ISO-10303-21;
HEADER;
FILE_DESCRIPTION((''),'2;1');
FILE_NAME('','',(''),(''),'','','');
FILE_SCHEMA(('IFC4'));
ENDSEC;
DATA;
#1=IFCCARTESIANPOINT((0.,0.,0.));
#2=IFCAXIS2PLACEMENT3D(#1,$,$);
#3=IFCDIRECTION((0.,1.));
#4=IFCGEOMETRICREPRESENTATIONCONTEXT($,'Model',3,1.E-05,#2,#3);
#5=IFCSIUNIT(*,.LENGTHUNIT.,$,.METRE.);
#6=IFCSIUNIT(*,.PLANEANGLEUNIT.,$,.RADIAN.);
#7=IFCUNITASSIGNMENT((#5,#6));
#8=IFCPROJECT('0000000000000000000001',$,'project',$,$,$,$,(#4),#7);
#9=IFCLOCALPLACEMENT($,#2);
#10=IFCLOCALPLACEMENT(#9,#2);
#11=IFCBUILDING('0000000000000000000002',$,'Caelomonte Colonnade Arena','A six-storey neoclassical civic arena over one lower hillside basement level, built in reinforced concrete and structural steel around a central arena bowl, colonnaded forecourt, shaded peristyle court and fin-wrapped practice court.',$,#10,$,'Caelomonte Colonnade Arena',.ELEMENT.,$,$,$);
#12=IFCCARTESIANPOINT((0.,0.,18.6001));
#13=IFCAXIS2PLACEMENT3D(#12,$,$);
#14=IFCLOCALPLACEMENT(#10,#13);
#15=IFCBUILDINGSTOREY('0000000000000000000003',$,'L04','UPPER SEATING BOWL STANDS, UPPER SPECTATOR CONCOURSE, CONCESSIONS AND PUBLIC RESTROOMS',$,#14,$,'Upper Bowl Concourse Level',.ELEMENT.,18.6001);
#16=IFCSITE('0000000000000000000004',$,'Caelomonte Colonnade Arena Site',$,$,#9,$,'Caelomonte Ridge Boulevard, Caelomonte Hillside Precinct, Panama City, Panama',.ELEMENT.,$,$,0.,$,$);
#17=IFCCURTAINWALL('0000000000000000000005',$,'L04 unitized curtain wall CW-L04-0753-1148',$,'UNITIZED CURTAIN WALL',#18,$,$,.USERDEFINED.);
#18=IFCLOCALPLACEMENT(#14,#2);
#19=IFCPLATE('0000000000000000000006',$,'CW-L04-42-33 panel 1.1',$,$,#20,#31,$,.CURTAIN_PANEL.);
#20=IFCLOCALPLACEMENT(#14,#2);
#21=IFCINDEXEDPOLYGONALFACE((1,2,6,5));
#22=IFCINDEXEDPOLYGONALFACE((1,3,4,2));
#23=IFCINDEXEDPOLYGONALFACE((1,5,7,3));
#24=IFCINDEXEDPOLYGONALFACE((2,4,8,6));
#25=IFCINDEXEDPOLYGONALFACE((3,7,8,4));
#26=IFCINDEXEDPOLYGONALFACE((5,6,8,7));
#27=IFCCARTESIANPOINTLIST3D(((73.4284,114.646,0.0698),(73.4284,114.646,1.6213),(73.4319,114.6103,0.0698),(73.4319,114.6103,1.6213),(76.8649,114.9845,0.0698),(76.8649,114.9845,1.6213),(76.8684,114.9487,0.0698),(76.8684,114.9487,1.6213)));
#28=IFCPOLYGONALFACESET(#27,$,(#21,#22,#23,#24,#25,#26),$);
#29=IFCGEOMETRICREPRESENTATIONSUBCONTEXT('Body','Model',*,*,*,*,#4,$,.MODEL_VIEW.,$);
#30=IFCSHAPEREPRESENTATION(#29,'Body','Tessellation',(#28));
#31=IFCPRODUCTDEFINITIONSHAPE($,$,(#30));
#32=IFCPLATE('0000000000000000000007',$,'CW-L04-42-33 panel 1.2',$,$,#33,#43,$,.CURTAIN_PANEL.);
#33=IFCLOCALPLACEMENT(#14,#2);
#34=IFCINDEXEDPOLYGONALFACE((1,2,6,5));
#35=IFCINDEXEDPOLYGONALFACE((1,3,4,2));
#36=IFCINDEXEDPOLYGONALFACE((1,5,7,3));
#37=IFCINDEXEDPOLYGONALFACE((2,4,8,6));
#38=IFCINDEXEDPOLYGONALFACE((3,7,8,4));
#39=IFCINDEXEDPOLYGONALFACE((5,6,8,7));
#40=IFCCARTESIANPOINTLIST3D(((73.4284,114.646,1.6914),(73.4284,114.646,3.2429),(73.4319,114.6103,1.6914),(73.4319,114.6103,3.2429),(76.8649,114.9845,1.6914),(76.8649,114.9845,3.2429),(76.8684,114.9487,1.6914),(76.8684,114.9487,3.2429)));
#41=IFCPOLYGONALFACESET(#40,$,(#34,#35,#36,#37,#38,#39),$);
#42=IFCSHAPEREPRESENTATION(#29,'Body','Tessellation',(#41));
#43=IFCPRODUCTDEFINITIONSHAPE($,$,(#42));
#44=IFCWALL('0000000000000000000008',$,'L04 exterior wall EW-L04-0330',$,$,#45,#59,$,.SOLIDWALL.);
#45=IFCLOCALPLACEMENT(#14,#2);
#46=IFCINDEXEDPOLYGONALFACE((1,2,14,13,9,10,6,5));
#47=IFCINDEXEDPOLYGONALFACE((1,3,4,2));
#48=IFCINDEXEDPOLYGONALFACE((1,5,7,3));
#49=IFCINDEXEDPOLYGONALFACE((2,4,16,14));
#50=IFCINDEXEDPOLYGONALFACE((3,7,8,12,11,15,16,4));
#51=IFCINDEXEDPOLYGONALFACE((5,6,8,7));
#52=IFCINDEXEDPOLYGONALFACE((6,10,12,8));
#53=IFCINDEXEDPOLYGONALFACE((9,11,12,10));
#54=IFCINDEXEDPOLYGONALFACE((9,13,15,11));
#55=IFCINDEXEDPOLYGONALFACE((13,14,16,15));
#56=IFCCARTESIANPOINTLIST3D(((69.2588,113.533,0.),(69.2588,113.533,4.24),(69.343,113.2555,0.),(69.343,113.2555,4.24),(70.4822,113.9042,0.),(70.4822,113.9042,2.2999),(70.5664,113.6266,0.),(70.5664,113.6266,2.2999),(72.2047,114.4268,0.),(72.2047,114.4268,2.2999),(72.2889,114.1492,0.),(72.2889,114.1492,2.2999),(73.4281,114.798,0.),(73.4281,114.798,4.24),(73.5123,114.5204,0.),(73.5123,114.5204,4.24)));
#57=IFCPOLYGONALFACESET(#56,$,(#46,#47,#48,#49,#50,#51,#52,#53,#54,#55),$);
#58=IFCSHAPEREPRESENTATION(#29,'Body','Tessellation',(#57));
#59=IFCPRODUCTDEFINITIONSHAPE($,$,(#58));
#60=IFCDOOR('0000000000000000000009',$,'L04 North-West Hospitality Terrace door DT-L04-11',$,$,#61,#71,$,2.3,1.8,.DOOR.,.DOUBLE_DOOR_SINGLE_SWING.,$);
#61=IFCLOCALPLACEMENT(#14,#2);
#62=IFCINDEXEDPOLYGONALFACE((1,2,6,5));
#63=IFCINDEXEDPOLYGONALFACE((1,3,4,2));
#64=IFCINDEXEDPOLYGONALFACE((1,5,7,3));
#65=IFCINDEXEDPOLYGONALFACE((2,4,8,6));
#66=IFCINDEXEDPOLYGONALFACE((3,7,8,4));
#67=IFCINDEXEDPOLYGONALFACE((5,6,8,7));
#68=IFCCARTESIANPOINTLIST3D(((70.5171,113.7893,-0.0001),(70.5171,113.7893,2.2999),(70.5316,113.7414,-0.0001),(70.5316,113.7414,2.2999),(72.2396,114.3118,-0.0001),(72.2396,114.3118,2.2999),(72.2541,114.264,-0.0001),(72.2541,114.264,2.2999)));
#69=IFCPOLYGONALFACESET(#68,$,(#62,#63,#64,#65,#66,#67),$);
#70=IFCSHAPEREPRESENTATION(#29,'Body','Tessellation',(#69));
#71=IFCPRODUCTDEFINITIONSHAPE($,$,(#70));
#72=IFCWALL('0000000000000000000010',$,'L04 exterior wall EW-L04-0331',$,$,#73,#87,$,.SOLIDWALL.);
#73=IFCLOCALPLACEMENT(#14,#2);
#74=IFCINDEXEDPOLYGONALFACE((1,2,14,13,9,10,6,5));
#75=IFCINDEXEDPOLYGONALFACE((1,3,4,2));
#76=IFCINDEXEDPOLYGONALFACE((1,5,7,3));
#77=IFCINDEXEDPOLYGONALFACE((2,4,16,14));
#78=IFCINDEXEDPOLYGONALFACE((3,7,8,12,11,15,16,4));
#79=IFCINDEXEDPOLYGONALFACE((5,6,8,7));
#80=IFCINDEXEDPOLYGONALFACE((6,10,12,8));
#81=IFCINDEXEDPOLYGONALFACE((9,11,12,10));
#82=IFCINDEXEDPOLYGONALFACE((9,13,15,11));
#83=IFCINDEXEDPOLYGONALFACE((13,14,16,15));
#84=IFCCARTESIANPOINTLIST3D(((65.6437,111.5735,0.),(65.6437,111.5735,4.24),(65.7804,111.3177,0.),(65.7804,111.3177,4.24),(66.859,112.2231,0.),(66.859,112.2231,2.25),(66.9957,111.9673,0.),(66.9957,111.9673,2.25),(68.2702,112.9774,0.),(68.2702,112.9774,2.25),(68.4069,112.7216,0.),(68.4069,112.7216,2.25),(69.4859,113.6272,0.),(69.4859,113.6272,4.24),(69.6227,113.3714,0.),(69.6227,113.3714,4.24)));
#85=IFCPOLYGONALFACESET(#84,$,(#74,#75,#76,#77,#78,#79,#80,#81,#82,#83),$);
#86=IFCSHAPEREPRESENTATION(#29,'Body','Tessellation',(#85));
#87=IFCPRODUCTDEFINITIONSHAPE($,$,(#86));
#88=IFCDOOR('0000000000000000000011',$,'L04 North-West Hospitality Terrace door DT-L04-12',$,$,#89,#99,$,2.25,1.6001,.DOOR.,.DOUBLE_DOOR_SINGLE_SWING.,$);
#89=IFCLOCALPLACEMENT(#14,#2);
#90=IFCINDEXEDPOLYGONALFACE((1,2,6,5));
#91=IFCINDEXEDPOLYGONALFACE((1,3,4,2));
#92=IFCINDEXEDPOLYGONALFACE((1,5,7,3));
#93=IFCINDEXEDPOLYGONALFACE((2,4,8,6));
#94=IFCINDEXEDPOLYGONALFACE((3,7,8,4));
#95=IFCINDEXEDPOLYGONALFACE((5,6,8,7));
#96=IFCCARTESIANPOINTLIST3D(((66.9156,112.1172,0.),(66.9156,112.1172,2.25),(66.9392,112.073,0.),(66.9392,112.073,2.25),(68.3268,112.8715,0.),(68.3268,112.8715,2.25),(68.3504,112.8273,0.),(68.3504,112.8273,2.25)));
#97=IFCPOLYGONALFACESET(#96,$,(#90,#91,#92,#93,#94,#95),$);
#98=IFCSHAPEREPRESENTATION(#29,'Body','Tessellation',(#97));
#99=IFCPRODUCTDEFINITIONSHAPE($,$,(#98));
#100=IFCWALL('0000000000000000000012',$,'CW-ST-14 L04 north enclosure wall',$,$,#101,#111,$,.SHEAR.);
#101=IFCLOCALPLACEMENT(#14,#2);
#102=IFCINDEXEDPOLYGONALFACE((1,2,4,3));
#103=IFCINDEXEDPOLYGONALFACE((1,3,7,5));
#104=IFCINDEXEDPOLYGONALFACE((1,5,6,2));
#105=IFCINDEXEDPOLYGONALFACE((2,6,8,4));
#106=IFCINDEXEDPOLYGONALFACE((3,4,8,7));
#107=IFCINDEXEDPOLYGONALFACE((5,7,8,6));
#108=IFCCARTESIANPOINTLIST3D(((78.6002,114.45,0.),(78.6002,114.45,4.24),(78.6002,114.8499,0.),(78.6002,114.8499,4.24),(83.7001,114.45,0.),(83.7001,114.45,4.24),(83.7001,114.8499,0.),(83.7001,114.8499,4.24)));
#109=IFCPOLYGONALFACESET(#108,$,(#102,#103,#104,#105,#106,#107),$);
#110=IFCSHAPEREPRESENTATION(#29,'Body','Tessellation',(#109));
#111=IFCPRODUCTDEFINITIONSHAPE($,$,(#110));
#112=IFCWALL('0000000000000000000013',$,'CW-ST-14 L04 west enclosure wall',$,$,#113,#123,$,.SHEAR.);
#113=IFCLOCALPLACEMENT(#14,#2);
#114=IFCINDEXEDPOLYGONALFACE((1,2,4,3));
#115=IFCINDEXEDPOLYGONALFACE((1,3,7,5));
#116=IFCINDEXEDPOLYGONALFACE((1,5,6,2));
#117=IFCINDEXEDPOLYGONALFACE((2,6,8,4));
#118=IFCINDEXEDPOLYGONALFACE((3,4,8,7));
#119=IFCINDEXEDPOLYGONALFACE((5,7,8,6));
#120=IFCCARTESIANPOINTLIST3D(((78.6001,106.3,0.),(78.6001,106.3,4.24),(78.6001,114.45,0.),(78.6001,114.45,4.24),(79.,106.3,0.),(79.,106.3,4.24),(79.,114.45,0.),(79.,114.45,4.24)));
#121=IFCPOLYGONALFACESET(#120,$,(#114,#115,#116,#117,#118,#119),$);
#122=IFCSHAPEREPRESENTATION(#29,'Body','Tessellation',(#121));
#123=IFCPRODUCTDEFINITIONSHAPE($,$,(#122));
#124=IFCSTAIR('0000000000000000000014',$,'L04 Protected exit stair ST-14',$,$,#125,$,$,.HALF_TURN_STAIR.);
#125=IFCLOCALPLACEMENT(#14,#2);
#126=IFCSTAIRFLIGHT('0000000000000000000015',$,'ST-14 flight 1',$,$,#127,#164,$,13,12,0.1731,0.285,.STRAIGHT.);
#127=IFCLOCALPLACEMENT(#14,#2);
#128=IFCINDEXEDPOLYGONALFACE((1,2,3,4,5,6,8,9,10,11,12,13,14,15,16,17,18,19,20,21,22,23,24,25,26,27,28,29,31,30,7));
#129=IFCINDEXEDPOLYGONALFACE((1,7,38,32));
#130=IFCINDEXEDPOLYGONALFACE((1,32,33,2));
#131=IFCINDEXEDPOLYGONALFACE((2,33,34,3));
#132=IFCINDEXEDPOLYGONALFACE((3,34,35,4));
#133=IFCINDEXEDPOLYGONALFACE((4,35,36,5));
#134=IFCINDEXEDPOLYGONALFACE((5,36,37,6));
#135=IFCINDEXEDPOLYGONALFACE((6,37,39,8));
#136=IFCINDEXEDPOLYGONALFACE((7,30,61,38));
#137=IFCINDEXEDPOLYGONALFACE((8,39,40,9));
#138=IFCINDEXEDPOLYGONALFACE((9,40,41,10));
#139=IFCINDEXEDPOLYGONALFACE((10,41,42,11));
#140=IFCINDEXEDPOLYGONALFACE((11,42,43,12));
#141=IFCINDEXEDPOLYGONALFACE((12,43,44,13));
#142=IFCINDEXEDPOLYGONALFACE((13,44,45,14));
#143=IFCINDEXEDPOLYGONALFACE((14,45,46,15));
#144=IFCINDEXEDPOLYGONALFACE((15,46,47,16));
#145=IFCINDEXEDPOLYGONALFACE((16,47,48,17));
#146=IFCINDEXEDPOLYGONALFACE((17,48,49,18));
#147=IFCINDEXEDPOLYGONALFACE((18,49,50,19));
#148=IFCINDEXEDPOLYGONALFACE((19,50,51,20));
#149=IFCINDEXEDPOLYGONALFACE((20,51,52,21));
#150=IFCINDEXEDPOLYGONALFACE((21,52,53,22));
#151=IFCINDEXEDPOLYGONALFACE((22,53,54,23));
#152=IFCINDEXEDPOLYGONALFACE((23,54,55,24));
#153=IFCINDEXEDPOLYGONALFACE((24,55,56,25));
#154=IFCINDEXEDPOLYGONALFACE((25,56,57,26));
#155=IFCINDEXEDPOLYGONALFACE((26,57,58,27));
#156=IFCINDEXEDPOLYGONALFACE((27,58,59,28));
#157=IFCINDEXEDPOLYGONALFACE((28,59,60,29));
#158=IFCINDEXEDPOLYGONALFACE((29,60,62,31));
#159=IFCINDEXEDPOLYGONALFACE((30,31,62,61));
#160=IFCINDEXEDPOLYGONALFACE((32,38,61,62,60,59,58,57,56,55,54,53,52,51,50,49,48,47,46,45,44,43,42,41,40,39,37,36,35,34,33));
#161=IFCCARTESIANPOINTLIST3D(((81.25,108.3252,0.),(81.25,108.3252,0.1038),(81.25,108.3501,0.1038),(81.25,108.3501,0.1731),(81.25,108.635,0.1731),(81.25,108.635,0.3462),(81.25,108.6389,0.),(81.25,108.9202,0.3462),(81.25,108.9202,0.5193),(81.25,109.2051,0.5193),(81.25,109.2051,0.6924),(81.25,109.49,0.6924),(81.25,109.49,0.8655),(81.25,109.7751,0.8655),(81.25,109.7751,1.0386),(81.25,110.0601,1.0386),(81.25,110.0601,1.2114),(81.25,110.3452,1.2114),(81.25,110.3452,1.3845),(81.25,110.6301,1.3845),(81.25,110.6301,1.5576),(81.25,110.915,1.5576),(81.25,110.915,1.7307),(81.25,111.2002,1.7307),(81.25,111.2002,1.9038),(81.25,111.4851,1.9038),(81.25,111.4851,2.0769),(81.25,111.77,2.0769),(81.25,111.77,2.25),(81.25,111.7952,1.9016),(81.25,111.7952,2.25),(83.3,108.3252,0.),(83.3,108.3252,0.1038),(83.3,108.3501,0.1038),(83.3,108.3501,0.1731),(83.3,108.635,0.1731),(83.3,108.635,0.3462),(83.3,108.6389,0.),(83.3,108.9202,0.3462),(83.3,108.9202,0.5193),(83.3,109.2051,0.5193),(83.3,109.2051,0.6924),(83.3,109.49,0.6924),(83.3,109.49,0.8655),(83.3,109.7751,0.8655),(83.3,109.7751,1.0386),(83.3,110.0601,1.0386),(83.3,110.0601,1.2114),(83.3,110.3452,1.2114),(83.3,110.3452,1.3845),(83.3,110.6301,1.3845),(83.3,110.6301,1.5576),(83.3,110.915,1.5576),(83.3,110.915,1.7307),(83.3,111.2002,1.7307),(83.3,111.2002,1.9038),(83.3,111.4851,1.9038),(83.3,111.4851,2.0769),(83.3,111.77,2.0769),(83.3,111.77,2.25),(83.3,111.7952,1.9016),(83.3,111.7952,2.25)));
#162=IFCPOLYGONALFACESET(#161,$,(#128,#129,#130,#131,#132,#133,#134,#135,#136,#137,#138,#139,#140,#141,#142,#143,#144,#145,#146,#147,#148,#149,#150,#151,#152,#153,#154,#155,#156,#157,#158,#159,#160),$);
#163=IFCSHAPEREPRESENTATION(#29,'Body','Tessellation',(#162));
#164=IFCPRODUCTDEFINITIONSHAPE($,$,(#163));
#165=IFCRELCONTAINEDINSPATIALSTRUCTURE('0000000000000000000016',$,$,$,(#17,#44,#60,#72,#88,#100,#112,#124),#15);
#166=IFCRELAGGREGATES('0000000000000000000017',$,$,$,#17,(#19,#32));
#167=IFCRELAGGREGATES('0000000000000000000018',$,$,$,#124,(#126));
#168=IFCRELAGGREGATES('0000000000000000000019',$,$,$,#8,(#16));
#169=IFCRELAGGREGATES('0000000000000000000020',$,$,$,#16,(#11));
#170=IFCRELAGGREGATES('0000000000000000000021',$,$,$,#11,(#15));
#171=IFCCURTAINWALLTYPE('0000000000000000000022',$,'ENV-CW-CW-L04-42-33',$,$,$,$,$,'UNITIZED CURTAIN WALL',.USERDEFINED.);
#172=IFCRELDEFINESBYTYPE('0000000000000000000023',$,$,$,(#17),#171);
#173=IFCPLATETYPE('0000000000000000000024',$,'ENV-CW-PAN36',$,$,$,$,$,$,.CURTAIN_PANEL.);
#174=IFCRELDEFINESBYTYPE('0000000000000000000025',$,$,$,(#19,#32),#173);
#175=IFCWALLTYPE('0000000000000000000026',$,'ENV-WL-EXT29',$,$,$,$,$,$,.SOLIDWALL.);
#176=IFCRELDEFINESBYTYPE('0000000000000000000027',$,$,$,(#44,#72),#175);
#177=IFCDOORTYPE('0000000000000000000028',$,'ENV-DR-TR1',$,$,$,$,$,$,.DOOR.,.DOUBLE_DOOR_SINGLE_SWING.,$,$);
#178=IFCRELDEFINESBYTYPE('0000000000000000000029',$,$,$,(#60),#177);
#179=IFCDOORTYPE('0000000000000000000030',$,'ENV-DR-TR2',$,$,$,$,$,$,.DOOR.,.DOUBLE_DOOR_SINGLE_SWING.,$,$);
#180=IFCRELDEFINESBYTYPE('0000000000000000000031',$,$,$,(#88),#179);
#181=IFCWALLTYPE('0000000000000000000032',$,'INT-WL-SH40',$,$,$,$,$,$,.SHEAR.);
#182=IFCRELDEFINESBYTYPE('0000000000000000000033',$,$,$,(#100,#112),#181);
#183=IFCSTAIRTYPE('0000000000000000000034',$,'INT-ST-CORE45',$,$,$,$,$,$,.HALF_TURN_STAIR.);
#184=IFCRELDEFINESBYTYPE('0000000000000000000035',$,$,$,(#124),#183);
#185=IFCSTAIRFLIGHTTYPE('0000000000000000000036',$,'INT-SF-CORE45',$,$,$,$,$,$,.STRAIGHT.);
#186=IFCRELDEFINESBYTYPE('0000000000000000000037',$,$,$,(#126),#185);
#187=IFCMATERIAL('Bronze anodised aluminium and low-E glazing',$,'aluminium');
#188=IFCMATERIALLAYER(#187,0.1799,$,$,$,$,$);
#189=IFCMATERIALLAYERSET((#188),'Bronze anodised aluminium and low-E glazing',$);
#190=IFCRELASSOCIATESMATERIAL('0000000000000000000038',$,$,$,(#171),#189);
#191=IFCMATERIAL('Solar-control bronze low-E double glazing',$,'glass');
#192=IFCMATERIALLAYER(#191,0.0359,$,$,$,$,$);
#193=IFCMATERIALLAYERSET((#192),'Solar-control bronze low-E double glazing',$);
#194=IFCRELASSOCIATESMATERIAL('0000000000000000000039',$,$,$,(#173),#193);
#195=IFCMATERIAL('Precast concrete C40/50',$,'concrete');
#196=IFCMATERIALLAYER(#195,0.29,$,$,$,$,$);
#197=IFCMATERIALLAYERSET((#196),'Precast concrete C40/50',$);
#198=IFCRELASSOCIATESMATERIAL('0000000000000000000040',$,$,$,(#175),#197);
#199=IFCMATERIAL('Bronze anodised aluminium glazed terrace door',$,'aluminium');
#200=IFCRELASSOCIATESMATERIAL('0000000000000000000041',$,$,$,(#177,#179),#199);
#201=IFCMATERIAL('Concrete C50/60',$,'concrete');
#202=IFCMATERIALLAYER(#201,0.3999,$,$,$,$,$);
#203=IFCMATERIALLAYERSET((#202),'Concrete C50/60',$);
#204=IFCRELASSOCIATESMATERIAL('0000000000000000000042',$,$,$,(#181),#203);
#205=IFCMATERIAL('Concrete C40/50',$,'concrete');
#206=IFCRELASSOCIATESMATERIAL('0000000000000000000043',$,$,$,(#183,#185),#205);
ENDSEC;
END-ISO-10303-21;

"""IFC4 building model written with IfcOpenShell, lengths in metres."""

from ifc_helpers import new_model, si_unit, direction, frame, frame_2d, origin, origin_2d, place, context, subcontext, project, spatial, polyline, rectangle, outline, extrude, material, layer, layer_set, type_object, element, fill, aggregate, save


model = new_model("IFC4")

# Units and contexts
model_context = context("Model", 3, precision=1e-05, world=origin(), true_north=direction((0.0, 1.0)))
body_context = subcontext(model_context, "Body", "Model", "MODEL_VIEW")
ifc_project = project(units=[si_unit("LENGTHUNIT", "METRE"), si_unit("PLANEANGLEUNIT", "RADIAN")], contexts=[model_context])

# Site, building, storey
site_placement = place(None, origin())
site = spatial("IfcSite", under=ifc_project, at=site_placement, Name="Caelomonte Colonnade Arena Site", LongName="Caelomonte Ridge Boulevard, Caelomonte Hillside Precinct, Panama City, Panama", CompositionType="ELEMENT", RefElevation=0.0)
building_placement = place(site_placement, origin())
building = spatial("IfcBuilding", under=site, at=building_placement, Name="Caelomonte Colonnade Arena", Description="A six-storey neoclassical civic arena over one lower hillside basement level, built in reinforced concrete and structural steel around a central arena bowl, colonnaded forecourt, shaded peristyle court and fin-wrapped practice court.", LongName="Caelomonte Colonnade Arena", CompositionType="ELEMENT")
storey_placement = place(building_placement, frame((0.0, 0.0, 18.6001)))
storey = spatial("IfcBuildingStorey", under=building, at=storey_placement, Name="L04", Description="UPPER SEATING BOWL STANDS, UPPER SPECTATOR CONCOURSE, CONCESSIONS AND PUBLIC RESTROOMS", LongName="Upper Bowl Concourse Level", CompositionType="ELEMENT", Elevation=18.6001)

# Shared definitions
ifc_material_1 = material(Name="Bronze anodised aluminium and low-E glazing", Category="aluminium")

# Curtain wall
ifc_layer_1 = layer(ifc_material_1, 0.1799)
ifc_layer_set_1 = layer_set([ifc_layer_1], Name="Bronze anodised aluminium and low-E glazing")
curtain_wall_type_1 = type_object("IfcCurtainWallType", Name="ENV-CW-CW-L04-42-33", ElementType="UNITIZED CURTAIN WALL", PredefinedType="USERDEFINED", material=ifc_layer_set_1)
curtain_wall_1_placement = place(storey_placement, origin())
curtain_wall_1 = element("IfcCurtainWall", 1, at=curtain_wall_1_placement, inside=storey, type_object=curtain_wall_type_1, Name="L04 unitized curtain wall CW-L04-0753-1148", ObjectType="UNITIZED CURTAIN WALL", PredefinedType="USERDEFINED")

# Plates
ifc_material_2 = material(Name="Solar-control bronze low-E double glazing", Category="glass")
ifc_layer_2 = layer(ifc_material_2, 0.0359)
ifc_layer_set_2 = layer_set([ifc_layer_2], Name="Solar-control bronze low-E double glazing")
plate_type = type_object("IfcPlateType", Name="ENV-CW-PAN36", PredefinedType="CURTAIN_PANEL", material=ifc_layer_set_2)
plate_1_placement = place(storey_placement, frame((75.1484, 114.7974, 0.0698), z_axis=(0.0, 0.0, 1.0), x_axis=(-0.995184, -0.098021, 0.0)))
plate_1 = element("IfcPlate", 2, at=plate_1_placement, type_object=plate_type, Name="CW-L04-42-33 panel 1.1", PredefinedType="CURTAIN_PANEL", context=body_context, shape_type="SweptSolid", body=[
    extrude(rectangle(XDim=3.4531, YDim=0.0359, at=origin_2d()), origin(), (0.0, 0.0, 1.0), 1.5515),
])
plate_2_placement = place(storey_placement, frame((75.1484, 114.7974, 1.6914), z_axis=(0.0, 0.0, 1.0), x_axis=(-0.995184, -0.098021, 0.0)))
plate_2 = element("IfcPlate", 3, at=plate_2_placement, type_object=plate_type, Name="CW-L04-42-33 panel 1.2", PredefinedType="CURTAIN_PANEL", context=body_context, shape_type="SweptSolid", body=[
    extrude(rectangle(XDim=3.4531, YDim=0.0359, at=origin_2d()), origin(), (0.0, 0.0, 1.0), 1.5515),
])
aggregate(curtain_wall_1, [plate_1, plate_2])

# Walls, openings, doors
ifc_material_3 = material(Name="Precast concrete C40/50", Category="concrete")
ifc_layer_3 = layer(ifc_material_3, 0.29)
ifc_layer_set_3 = layer_set([ifc_layer_3], Name="Precast concrete C40/50")
wall_type_1 = type_object("IfcWallType", Name="ENV-WL-EXT29", PredefinedType="SOLIDWALL", material=ifc_layer_set_3)
wall_1_placement = place(storey_placement, frame((73.4702, 114.6592, 0.0), z_axis=(0.0, 0.0, 1.0), x_axis=(-0.956929, -0.290323, 0.0)))
wall_1 = element("IfcWall", 4, at=wall_1_placement, inside=storey, type_object=wall_type_1, Name="L04 exterior wall EW-L04-0330", PredefinedType="SOLIDWALL", context=body_context, shape_type="SweptSolid", body=[
    extrude(rectangle(XDim=4.3569, YDim=0.29, at=frame_2d((2.1785, 0.0))), origin(), (0.0, 0.0, 1.0), 4.24),
])
opening_1_placement = place(wall_1_placement, frame((3.0784, 0.0, 0.0), z_axis=(0.0, 0.0, 1.0), x_axis=(-1.0, 0.0, 0.0)))
opening_1 = element("IfcOpeningElement", 5, at=opening_1_placement, cuts=wall_1, PredefinedType="OPENING", context=body_context, shape_type="SweptSolid", body=[
    extrude(rectangle(XDim=1.8, YDim=2.3, at=frame_2d((0.8999, 1.1499))), frame((0.0, 0.155, 0.0), z_axis=(0.0, -1.0, 0.0), x_axis=(1.0, 0.0, 0.0)), (0.0, 0.0, 1.0), 0.3101),
])
ifc_material_4 = material(Name="Bronze anodised aluminium glazed terrace door", Category="aluminium")
door_type_1 = type_object("IfcDoorType", Name="ENV-DR-TR1", OperationType="DOUBLE_DOOR_SINGLE_SWING", PredefinedType="DOOR", material=ifc_material_4)
door_1_placement = place(opening_1_placement, origin())
door_1 = element("IfcDoor", 6, at=door_1_placement, inside=storey, type_object=door_type_1, Name="L04 North-West Hospitality Terrace door DT-L04-11", OperationType="DOUBLE_DOOR_SINGLE_SWING", OverallHeight=2.3, OverallWidth=1.8, PredefinedType="DOOR", context=body_context, shape_type="SweptSolid", body=[
    extrude(rectangle(XDim=1.8, YDim=2.3, at=frame_2d((0.8999, 1.1499))), frame((0.0, 0.0249, 0.0), z_axis=(0.0, -1.0, 0.0), x_axis=(1.0, 0.0, 0.0)), (0.0, 0.0, 1.0), 0.05),
])
fill(opening_1, door_1)
wall_2_placement = place(storey_placement, frame((69.5542, 113.4993, 0.0), z_axis=(0.0, 0.0, 1.0), x_axis=(-0.881924, -0.471391, 0.0)))
wall_2 = element("IfcWall", 7, at=wall_2_placement, inside=storey, type_object=wall_type_1, Name="L04 exterior wall EW-L04-0331", PredefinedType="SOLIDWALL", context=body_context, shape_type="SweptSolid", body=[
    extrude(rectangle(XDim=4.3567, YDim=0.29, at=frame_2d((2.1782, 0.0))), origin(), (0.0, 0.0, 1.0), 4.24),
])
opening_2_placement = place(wall_2_placement, frame((2.9785, 0.0, 0.0), z_axis=(0.0, 0.0, 1.0), x_axis=(-1.0, 0.0, 0.0)))
opening_2 = element("IfcOpeningElement", 8, at=opening_2_placement, cuts=wall_2, PredefinedType="OPENING", context=body_context, shape_type="SweptSolid", body=[
    extrude(rectangle(XDim=1.6001, YDim=2.25, at=frame_2d((0.8, 1.125))), frame((0.0, 0.155, 0.0), z_axis=(0.0, -1.0, 0.0), x_axis=(1.0, 0.0, 0.0)), (0.0, 0.0, 1.0), 0.3101),
])
door_type_2 = type_object("IfcDoorType", Name="ENV-DR-TR2", OperationType="DOUBLE_DOOR_SINGLE_SWING", PredefinedType="DOOR", material=ifc_material_4)
door_2_placement = place(opening_2_placement, origin())
door_2 = element("IfcDoor", 9, at=door_2_placement, inside=storey, type_object=door_type_2, Name="L04 North-West Hospitality Terrace door DT-L04-12", OperationType="DOUBLE_DOOR_SINGLE_SWING", OverallHeight=2.25, OverallWidth=1.6001, PredefinedType="DOOR", context=body_context, shape_type="SweptSolid", body=[
    extrude(rectangle(XDim=1.6001, YDim=2.25, at=frame_2d((0.8, 1.125))), frame((0.0, 0.0249, 0.0), z_axis=(0.0, -1.0, 0.0), x_axis=(1.0, 0.0, 0.0)), (0.0, 0.0, 1.0), 0.05),
])
fill(opening_2, door_2)

# Walls
ifc_material_5 = material(Name="Concrete C50/60", Category="concrete")
ifc_layer_4 = layer(ifc_material_5, 0.3999)
ifc_layer_set_4 = layer_set([ifc_layer_4], Name="Concrete C50/60")
wall_type_2 = type_object("IfcWallType", Name="INT-WL-SH40", PredefinedType="SHEAR", material=ifc_layer_set_4)
wall_3_placement = place(storey_placement, frame((83.7, 114.6499, 0.0), z_axis=(0.0, 0.0, 1.0), x_axis=(-1.0, 0.0, 0.0)))
element("IfcWall", 10, at=wall_3_placement, inside=storey, type_object=wall_type_2, Name="CW-ST-14 L04 north enclosure wall", PredefinedType="SHEAR", context=body_context, shape_type="SweptSolid", body=[
    extrude(rectangle(XDim=5.0999, YDim=0.3999, at=frame_2d((2.5498, 0.0))), origin(), (0.0, 0.0, 1.0), 4.24),
])
wall_4_placement = place(storey_placement, frame((78.8, 114.45, 0.0), z_axis=(0.0, 0.0, 1.0), x_axis=(0.0, -1.0, 0.0)))
element("IfcWall", 11, at=wall_4_placement, inside=storey, type_object=wall_type_2, Name="CW-ST-14 L04 west enclosure wall", PredefinedType="SHEAR", context=body_context, shape_type="SweptSolid", body=[
    extrude(rectangle(XDim=8.1499, YDim=0.3999, at=frame_2d((4.075, 0.0))), origin(), (0.0, 0.0, 1.0), 4.24),
])

# Stair, stair flight
ifc_material_6 = material(Name="Concrete C40/50", Category="concrete")
stair_type = type_object("IfcStairType", Name="INT-ST-CORE45", PredefinedType="HALF_TURN_STAIR", material=ifc_material_6)
stair_placement = place(storey_placement, origin())
stair = element("IfcStair", 12, at=stair_placement, inside=storey, type_object=stair_type, Name="L04 Protected exit stair ST-14", PredefinedType="HALF_TURN_STAIR")
stair_flight_type = type_object("IfcStairFlightType", Name="INT-SF-CORE45", PredefinedType="STRAIGHT", material=ifc_material_6)
stair_flight_1_placement = place(storey_placement, frame((82.2749, 108.3501, 0.0), z_axis=(0.0, 0.0, 1.0), x_axis=(0.0, 1.0, 0.0)))
stair_flight_1 = element("IfcStairFlight", 13, at=stair_flight_1_placement, type_object=stair_flight_type, Name="ST-14 flight 1", NumberOfRisers=13, NumberOfTreads=12, PredefinedType="STRAIGHT", RiserHeight=0.1731, TreadLength=0.285, context=body_context, shape_type="SweptSolid", body=[
    extrude(outline(polyline([(-0.0249, 0.0), (-0.0249, 0.1038), (0.0, 0.1038), (0.0, 0.1731), (0.2849, 0.1731), (0.2849, 0.3462), (0.5701, 0.3462), (0.5701, 0.5193), (0.855, 0.5193), (0.855, 0.6924), (1.1399, 0.6924), (1.1399, 0.8655), (1.425, 0.8655), (1.425, 1.0386), (1.71, 1.0386), (1.71, 1.2114), (1.9951, 1.2114), (1.9951, 1.3845), (2.28, 1.3845), (2.28, 1.5576), (2.5649, 1.5576), (2.5649, 1.7307), (2.8501, 1.7307), (2.8501, 1.9038), (3.135, 1.9038), (3.135, 2.0769), (3.4199, 2.0769), (3.4199, 2.25), (3.4451, 2.25), (3.4451, 1.9016), (0.2888, 0.0), (-0.0249, 0.0)])), frame((0.0, 1.0249, 0.0), z_axis=(0.0, -1.0, 0.0), x_axis=(1.0, 0.0, 0.0)), (0.0, 0.0, 1.0), 2.05),
])
aggregate(stair, [stair_flight_1])

save(model, "model.ifc")
